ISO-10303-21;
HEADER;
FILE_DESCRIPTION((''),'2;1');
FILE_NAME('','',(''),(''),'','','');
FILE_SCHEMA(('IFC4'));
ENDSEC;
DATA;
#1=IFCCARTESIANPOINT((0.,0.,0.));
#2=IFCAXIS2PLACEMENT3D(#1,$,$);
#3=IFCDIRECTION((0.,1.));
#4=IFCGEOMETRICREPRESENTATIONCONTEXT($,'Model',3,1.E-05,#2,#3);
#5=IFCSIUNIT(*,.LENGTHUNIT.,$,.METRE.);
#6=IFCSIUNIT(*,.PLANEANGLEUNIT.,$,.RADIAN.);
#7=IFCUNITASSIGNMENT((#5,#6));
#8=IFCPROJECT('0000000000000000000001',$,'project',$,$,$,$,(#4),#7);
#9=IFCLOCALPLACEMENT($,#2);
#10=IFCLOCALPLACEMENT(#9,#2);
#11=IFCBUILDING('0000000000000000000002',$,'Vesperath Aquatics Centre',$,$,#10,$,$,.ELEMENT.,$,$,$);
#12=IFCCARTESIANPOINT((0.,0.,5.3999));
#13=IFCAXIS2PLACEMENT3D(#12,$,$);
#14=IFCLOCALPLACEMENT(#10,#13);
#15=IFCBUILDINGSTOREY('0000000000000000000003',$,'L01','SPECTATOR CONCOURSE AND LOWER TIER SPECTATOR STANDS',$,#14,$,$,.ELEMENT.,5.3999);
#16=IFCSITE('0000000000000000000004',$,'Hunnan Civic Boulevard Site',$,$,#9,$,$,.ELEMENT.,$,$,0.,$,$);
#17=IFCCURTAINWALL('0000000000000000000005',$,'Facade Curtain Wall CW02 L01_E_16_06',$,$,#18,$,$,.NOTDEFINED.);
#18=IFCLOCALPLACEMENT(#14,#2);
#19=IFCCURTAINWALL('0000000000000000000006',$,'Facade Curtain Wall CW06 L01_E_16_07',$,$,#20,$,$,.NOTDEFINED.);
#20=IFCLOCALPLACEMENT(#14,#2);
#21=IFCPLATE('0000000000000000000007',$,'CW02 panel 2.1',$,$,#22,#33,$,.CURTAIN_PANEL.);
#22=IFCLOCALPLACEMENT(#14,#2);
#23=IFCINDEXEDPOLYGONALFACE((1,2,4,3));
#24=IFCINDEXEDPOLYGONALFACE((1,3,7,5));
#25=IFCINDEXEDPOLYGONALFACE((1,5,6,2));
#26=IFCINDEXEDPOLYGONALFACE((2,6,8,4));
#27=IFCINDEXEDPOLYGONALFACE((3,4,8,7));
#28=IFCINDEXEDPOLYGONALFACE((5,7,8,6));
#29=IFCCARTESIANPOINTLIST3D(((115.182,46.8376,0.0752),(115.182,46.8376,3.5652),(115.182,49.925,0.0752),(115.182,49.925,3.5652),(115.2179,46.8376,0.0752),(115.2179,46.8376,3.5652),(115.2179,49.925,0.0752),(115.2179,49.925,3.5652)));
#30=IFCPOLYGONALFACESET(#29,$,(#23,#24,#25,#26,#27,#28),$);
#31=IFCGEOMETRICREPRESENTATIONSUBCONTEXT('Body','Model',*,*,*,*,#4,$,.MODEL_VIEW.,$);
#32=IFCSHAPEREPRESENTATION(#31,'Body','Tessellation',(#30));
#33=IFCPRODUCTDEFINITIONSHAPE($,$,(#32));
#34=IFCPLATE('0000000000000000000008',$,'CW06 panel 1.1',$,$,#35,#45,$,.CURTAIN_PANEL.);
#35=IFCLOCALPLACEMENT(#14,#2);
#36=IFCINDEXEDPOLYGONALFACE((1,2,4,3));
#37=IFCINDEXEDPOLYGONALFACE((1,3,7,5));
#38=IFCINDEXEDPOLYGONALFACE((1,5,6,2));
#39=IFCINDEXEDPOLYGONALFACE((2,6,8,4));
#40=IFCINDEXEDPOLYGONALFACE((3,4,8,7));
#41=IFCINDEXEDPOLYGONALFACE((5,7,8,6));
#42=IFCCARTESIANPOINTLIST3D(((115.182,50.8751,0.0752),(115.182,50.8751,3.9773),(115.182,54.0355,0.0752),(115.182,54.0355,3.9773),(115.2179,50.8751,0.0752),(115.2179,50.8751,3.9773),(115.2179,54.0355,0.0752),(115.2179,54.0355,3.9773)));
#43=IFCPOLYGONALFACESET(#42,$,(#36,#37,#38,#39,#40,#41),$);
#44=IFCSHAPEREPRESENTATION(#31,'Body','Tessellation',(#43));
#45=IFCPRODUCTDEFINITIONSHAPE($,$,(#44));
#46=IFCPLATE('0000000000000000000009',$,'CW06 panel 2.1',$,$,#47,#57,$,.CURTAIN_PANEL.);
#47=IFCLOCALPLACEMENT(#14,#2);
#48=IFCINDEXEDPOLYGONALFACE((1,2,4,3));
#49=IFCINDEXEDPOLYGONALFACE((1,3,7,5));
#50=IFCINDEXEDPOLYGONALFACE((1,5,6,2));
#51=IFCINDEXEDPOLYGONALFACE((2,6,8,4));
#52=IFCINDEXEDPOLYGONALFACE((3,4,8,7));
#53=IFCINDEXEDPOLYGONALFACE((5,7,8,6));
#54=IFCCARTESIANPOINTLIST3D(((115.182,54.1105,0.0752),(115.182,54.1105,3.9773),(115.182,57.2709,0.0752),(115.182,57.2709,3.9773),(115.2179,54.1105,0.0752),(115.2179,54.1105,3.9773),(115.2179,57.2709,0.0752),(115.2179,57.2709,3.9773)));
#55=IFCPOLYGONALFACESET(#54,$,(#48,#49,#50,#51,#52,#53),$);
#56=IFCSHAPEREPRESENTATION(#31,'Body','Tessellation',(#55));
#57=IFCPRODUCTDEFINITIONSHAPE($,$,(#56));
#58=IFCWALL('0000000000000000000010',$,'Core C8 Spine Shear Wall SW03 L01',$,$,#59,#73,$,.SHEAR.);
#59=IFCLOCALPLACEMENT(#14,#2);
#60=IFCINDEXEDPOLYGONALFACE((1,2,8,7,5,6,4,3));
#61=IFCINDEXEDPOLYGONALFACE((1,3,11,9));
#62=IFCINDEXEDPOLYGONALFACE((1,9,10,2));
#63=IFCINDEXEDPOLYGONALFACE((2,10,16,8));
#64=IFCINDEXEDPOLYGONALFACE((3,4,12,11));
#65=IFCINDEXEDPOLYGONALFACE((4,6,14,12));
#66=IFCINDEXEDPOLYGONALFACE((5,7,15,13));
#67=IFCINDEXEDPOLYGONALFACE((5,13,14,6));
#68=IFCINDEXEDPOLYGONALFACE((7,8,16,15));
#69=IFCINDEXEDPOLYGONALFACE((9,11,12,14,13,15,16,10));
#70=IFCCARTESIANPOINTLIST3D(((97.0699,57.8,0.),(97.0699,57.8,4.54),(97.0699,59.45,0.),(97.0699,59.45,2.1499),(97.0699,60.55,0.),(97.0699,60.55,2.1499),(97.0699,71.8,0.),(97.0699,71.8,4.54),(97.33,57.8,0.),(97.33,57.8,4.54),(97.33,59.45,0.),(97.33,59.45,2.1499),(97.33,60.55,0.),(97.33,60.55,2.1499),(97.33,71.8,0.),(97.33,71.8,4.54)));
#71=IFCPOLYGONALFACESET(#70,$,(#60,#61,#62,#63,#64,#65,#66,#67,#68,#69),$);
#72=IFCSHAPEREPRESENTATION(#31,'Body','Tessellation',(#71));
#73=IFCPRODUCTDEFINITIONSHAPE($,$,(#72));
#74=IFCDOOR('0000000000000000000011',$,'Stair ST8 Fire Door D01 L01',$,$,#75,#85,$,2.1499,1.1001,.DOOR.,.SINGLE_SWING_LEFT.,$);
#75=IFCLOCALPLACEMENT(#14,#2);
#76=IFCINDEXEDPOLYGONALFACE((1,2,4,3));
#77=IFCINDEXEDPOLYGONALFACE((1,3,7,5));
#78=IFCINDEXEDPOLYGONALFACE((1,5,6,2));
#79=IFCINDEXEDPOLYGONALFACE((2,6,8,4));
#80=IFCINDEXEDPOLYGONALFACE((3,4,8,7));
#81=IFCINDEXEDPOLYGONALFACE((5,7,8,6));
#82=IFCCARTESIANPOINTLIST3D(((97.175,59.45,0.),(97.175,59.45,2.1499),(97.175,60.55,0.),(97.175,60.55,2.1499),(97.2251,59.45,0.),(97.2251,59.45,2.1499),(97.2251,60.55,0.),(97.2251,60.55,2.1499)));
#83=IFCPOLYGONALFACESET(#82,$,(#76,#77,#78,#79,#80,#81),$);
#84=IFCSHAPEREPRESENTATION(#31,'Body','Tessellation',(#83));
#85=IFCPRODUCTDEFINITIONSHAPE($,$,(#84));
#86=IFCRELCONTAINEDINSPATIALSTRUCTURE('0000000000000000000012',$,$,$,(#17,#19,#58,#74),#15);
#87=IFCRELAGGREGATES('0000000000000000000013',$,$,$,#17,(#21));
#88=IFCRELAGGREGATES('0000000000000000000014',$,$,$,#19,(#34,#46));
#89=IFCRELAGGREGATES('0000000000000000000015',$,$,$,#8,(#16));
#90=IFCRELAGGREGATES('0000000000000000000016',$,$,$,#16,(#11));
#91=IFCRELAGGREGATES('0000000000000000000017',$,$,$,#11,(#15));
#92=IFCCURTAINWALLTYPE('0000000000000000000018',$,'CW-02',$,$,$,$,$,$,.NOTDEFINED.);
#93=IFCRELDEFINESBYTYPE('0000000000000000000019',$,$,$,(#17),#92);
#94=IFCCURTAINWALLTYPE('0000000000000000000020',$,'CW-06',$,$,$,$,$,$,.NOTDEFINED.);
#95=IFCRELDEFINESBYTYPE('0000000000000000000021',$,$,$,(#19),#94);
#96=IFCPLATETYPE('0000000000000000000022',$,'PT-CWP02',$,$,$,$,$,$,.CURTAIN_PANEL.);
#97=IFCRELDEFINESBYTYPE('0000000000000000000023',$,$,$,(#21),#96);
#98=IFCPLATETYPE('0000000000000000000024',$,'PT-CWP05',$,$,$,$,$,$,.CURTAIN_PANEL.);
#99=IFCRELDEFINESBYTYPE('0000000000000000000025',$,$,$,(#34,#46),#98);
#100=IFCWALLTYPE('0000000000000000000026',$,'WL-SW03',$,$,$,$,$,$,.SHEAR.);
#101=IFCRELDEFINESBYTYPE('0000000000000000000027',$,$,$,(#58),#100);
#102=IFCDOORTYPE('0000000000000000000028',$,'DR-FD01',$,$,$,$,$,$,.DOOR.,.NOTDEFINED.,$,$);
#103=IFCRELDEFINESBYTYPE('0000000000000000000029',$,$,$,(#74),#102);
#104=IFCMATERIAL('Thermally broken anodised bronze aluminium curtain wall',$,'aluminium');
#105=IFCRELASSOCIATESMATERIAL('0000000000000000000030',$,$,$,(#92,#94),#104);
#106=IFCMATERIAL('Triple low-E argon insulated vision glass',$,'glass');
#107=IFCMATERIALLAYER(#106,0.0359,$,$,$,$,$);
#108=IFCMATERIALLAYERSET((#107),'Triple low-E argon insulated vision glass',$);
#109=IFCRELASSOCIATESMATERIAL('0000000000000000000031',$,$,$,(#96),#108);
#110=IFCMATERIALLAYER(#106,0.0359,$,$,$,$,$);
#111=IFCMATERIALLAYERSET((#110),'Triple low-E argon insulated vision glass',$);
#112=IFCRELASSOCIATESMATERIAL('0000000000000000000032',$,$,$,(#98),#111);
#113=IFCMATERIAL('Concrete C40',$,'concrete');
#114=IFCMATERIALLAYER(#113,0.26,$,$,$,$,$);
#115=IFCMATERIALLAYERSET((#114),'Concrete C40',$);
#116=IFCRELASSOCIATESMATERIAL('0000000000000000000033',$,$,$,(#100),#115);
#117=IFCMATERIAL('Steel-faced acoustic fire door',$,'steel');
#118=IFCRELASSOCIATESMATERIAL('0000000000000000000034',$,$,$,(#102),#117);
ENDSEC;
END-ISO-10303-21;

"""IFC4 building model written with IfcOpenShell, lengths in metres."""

from ifc_helpers import new_model, si_unit, direction, frame, frame_2d, origin, origin_2d, place, context, subcontext, project, spatial, rectangle, extrude, material, layer, layer_set, type_object, element, fill, aggregate, save


model = new_model("IFC4")

# Units and contexts
model_context = context("Model", 3, precision=1e-05, world=origin(), true_north=direction((0.0, 1.0)))
body_context = subcontext(model_context, "Body", "Model", "MODEL_VIEW")
ifc_project = project(units=[si_unit("LENGTHUNIT", "METRE"), si_unit("PLANEANGLEUNIT", "RADIAN")], contexts=[model_context])

# Site, building, storey
site_placement = place(None, origin())
site = spatial("IfcSite", under=ifc_project, at=site_placement, Name="Hunnan Civic Boulevard Site", CompositionType="ELEMENT", RefElevation=0.0)
building_placement = place(site_placement, origin())
building = spatial("IfcBuilding", under=site, at=building_placement, Name="Vesperath Aquatics Centre", CompositionType="ELEMENT")
storey_placement = place(building_placement, frame((0.0, 0.0, 5.3999)))
storey = spatial("IfcBuildingStorey", under=building, at=storey_placement, Name="L01", Description="SPECTATOR CONCOURSE AND LOWER TIER SPECTATOR STANDS", CompositionType="ELEMENT", Elevation=5.3999)

# Shared definitions
ifc_material_1 = material(Name="Concrete C40", Category="concrete")

# Curtain walls
ifc_material_2 = material(Name="Thermally broken anodised bronze aluminium curtain wall", Category="aluminium")
curtain_wall_type_1 = type_object("IfcCurtainWallType", Name="CW-02", PredefinedType="NOTDEFINED", material=ifc_material_2)
curtain_wall_1_placement = place(storey_placement, origin())
curtain_wall_1 = element("IfcCurtainWall", 1, at=curtain_wall_1_placement, inside=storey, type_object=curtain_wall_type_1, Name="Facade Curtain Wall CW02 L01_E_16_06", PredefinedType="NOTDEFINED")
curtain_wall_type_2 = type_object("IfcCurtainWallType", Name="CW-06", PredefinedType="NOTDEFINED", material=ifc_material_2)
curtain_wall_2_placement = place(storey_placement, origin())
curtain_wall_2 = element("IfcCurtainWall", 2, at=curtain_wall_2_placement, inside=storey, type_object=curtain_wall_type_2, Name="Facade Curtain Wall CW06 L01_E_16_07", PredefinedType="NOTDEFINED")

# Plates
ifc_material_3 = material(Name="Triple low-E argon insulated vision glass", Category="glass")
ifc_layer_1 = layer(ifc_material_3, 0.0359)
ifc_layer_set_1 = layer_set([ifc_layer_1], Name="Triple low-E argon insulated vision glass")
plate_type_1 = type_object("IfcPlateType", Name="PT-CWP02", PredefinedType="CURTAIN_PANEL", material=ifc_layer_set_1)
plate_1_placement = place(storey_placement, frame((115.2, 48.3813, 0.0752), z_axis=(0.0, 0.0, 1.0), x_axis=(0.0, 1.0, 0.0)))
plate_1 = element("IfcPlate", 3, at=plate_1_placement, type_object=plate_type_1, Name="CW02 panel 2.1", PredefinedType="CURTAIN_PANEL", context=body_context, shape_type="SweptSolid", body=[
    extrude(rectangle(XDim=3.0874, YDim=0.0359, at=origin_2d()), origin(), (0.0, 0.0, 1.0), 3.49),
])
aggregate(curtain_wall_1, [plate_1])
ifc_layer_2 = layer(ifc_material_3, 0.0359)
ifc_layer_set_2 = layer_set([ifc_layer_2], Name="Triple low-E argon insulated vision glass")
plate_type_2 = type_object("IfcPlateType", Name="PT-CWP05", PredefinedType="CURTAIN_PANEL", material=ifc_layer_set_2)
plate_2_placement = place(storey_placement, frame((115.2, 52.4553, 0.0752), z_axis=(0.0, 0.0, 1.0), x_axis=(0.0, 1.0, 0.0)))
plate_2 = element("IfcPlate", 4, at=plate_2_placement, type_object=plate_type_2, Name="CW06 panel 1.1", PredefinedType="CURTAIN_PANEL", context=body_context, shape_type="SweptSolid", body=[
    extrude(rectangle(XDim=3.1604, YDim=0.0359, at=origin_2d()), origin(), (0.0, 0.0, 1.0), 3.9021),
])
plate_3_placement = place(storey_placement, frame((115.2, 55.6907, 0.0752), z_axis=(0.0, 0.0, 1.0), x_axis=(0.0, 1.0, 0.0)))
plate_3 = element("IfcPlate", 5, at=plate_3_placement, type_object=plate_type_2, Name="CW06 panel 2.1", PredefinedType="CURTAIN_PANEL", context=body_context, shape_type="SweptSolid", body=[
    extrude(rectangle(XDim=3.1604, YDim=0.0359, at=origin_2d()), origin(), (0.0, 0.0, 1.0), 3.9021),
])
aggregate(curtain_wall_2, [plate_2, plate_3])

# Wall, opening, door
ifc_layer_3 = layer(ifc_material_1, 0.26)
ifc_layer_set_3 = layer_set([ifc_layer_3], Name="Concrete C40")
wall_type = type_object("IfcWallType", Name="WL-SW03", PredefinedType="SHEAR", material=ifc_layer_set_3)
wall_placement = place(storey_placement, frame((97.2, 57.8, 0.0), z_axis=(0.0, 0.0, 1.0), x_axis=(0.0, 1.0, 0.0)))
wall = element("IfcWall", 6, at=wall_placement, inside=storey, type_object=wall_type, Name="Core C8 Spine Shear Wall SW03 L01", PredefinedType="SHEAR", context=body_context, shape_type="SweptSolid", body=[
    extrude(rectangle(XDim=14.0, YDim=0.26, at=frame_2d((7.0, 0.0))), origin(), (0.0, 0.0, 1.0), 4.54),
])
opening_placement = place(wall_placement, frame((1.6499, 0.0, 0.0)))
opening = element("IfcOpeningElement", 7, at=opening_placement, cuts=wall, PredefinedType="OPENING", context=body_context, shape_type="SweptSolid", body=[
    extrude(rectangle(XDim=1.1001, YDim=2.1499, at=frame_2d((0.55, 1.075))), frame((0.0, 0.145, 0.0), z_axis=(0.0, -1.0, 0.0), x_axis=(1.0, 0.0, 0.0)), (0.0, 0.0, 1.0), 0.2898),
])
ifc_material_4 = material(Name="Steel-faced acoustic fire door", Category="steel")
door_type = type_object("IfcDoorType", Name="DR-FD01", OperationType="NOTDEFINED", PredefinedType="DOOR", material=ifc_material_4)
door_placement = place(opening_placement, origin())
door = element("IfcDoor", 8, at=door_placement, inside=storey, type_object=door_type, Name="Stair ST8 Fire Door D01 L01", OperationType="SINGLE_SWING_LEFT", OverallHeight=2.1499, OverallWidth=1.1001, PredefinedType="DOOR", context=body_context, shape_type="SweptSolid", body=[
    extrude(rectangle(XDim=1.1001, YDim=2.1499, at=frame_2d((0.55, 1.075))), frame((0.0, 0.0249, 0.0), z_axis=(0.0, -1.0, 0.0), x_axis=(1.0, 0.0, 0.0)), (0.0, 0.0, 1.0), 0.05),
])
fill(opening, door)

save(model, "model.ifc")
